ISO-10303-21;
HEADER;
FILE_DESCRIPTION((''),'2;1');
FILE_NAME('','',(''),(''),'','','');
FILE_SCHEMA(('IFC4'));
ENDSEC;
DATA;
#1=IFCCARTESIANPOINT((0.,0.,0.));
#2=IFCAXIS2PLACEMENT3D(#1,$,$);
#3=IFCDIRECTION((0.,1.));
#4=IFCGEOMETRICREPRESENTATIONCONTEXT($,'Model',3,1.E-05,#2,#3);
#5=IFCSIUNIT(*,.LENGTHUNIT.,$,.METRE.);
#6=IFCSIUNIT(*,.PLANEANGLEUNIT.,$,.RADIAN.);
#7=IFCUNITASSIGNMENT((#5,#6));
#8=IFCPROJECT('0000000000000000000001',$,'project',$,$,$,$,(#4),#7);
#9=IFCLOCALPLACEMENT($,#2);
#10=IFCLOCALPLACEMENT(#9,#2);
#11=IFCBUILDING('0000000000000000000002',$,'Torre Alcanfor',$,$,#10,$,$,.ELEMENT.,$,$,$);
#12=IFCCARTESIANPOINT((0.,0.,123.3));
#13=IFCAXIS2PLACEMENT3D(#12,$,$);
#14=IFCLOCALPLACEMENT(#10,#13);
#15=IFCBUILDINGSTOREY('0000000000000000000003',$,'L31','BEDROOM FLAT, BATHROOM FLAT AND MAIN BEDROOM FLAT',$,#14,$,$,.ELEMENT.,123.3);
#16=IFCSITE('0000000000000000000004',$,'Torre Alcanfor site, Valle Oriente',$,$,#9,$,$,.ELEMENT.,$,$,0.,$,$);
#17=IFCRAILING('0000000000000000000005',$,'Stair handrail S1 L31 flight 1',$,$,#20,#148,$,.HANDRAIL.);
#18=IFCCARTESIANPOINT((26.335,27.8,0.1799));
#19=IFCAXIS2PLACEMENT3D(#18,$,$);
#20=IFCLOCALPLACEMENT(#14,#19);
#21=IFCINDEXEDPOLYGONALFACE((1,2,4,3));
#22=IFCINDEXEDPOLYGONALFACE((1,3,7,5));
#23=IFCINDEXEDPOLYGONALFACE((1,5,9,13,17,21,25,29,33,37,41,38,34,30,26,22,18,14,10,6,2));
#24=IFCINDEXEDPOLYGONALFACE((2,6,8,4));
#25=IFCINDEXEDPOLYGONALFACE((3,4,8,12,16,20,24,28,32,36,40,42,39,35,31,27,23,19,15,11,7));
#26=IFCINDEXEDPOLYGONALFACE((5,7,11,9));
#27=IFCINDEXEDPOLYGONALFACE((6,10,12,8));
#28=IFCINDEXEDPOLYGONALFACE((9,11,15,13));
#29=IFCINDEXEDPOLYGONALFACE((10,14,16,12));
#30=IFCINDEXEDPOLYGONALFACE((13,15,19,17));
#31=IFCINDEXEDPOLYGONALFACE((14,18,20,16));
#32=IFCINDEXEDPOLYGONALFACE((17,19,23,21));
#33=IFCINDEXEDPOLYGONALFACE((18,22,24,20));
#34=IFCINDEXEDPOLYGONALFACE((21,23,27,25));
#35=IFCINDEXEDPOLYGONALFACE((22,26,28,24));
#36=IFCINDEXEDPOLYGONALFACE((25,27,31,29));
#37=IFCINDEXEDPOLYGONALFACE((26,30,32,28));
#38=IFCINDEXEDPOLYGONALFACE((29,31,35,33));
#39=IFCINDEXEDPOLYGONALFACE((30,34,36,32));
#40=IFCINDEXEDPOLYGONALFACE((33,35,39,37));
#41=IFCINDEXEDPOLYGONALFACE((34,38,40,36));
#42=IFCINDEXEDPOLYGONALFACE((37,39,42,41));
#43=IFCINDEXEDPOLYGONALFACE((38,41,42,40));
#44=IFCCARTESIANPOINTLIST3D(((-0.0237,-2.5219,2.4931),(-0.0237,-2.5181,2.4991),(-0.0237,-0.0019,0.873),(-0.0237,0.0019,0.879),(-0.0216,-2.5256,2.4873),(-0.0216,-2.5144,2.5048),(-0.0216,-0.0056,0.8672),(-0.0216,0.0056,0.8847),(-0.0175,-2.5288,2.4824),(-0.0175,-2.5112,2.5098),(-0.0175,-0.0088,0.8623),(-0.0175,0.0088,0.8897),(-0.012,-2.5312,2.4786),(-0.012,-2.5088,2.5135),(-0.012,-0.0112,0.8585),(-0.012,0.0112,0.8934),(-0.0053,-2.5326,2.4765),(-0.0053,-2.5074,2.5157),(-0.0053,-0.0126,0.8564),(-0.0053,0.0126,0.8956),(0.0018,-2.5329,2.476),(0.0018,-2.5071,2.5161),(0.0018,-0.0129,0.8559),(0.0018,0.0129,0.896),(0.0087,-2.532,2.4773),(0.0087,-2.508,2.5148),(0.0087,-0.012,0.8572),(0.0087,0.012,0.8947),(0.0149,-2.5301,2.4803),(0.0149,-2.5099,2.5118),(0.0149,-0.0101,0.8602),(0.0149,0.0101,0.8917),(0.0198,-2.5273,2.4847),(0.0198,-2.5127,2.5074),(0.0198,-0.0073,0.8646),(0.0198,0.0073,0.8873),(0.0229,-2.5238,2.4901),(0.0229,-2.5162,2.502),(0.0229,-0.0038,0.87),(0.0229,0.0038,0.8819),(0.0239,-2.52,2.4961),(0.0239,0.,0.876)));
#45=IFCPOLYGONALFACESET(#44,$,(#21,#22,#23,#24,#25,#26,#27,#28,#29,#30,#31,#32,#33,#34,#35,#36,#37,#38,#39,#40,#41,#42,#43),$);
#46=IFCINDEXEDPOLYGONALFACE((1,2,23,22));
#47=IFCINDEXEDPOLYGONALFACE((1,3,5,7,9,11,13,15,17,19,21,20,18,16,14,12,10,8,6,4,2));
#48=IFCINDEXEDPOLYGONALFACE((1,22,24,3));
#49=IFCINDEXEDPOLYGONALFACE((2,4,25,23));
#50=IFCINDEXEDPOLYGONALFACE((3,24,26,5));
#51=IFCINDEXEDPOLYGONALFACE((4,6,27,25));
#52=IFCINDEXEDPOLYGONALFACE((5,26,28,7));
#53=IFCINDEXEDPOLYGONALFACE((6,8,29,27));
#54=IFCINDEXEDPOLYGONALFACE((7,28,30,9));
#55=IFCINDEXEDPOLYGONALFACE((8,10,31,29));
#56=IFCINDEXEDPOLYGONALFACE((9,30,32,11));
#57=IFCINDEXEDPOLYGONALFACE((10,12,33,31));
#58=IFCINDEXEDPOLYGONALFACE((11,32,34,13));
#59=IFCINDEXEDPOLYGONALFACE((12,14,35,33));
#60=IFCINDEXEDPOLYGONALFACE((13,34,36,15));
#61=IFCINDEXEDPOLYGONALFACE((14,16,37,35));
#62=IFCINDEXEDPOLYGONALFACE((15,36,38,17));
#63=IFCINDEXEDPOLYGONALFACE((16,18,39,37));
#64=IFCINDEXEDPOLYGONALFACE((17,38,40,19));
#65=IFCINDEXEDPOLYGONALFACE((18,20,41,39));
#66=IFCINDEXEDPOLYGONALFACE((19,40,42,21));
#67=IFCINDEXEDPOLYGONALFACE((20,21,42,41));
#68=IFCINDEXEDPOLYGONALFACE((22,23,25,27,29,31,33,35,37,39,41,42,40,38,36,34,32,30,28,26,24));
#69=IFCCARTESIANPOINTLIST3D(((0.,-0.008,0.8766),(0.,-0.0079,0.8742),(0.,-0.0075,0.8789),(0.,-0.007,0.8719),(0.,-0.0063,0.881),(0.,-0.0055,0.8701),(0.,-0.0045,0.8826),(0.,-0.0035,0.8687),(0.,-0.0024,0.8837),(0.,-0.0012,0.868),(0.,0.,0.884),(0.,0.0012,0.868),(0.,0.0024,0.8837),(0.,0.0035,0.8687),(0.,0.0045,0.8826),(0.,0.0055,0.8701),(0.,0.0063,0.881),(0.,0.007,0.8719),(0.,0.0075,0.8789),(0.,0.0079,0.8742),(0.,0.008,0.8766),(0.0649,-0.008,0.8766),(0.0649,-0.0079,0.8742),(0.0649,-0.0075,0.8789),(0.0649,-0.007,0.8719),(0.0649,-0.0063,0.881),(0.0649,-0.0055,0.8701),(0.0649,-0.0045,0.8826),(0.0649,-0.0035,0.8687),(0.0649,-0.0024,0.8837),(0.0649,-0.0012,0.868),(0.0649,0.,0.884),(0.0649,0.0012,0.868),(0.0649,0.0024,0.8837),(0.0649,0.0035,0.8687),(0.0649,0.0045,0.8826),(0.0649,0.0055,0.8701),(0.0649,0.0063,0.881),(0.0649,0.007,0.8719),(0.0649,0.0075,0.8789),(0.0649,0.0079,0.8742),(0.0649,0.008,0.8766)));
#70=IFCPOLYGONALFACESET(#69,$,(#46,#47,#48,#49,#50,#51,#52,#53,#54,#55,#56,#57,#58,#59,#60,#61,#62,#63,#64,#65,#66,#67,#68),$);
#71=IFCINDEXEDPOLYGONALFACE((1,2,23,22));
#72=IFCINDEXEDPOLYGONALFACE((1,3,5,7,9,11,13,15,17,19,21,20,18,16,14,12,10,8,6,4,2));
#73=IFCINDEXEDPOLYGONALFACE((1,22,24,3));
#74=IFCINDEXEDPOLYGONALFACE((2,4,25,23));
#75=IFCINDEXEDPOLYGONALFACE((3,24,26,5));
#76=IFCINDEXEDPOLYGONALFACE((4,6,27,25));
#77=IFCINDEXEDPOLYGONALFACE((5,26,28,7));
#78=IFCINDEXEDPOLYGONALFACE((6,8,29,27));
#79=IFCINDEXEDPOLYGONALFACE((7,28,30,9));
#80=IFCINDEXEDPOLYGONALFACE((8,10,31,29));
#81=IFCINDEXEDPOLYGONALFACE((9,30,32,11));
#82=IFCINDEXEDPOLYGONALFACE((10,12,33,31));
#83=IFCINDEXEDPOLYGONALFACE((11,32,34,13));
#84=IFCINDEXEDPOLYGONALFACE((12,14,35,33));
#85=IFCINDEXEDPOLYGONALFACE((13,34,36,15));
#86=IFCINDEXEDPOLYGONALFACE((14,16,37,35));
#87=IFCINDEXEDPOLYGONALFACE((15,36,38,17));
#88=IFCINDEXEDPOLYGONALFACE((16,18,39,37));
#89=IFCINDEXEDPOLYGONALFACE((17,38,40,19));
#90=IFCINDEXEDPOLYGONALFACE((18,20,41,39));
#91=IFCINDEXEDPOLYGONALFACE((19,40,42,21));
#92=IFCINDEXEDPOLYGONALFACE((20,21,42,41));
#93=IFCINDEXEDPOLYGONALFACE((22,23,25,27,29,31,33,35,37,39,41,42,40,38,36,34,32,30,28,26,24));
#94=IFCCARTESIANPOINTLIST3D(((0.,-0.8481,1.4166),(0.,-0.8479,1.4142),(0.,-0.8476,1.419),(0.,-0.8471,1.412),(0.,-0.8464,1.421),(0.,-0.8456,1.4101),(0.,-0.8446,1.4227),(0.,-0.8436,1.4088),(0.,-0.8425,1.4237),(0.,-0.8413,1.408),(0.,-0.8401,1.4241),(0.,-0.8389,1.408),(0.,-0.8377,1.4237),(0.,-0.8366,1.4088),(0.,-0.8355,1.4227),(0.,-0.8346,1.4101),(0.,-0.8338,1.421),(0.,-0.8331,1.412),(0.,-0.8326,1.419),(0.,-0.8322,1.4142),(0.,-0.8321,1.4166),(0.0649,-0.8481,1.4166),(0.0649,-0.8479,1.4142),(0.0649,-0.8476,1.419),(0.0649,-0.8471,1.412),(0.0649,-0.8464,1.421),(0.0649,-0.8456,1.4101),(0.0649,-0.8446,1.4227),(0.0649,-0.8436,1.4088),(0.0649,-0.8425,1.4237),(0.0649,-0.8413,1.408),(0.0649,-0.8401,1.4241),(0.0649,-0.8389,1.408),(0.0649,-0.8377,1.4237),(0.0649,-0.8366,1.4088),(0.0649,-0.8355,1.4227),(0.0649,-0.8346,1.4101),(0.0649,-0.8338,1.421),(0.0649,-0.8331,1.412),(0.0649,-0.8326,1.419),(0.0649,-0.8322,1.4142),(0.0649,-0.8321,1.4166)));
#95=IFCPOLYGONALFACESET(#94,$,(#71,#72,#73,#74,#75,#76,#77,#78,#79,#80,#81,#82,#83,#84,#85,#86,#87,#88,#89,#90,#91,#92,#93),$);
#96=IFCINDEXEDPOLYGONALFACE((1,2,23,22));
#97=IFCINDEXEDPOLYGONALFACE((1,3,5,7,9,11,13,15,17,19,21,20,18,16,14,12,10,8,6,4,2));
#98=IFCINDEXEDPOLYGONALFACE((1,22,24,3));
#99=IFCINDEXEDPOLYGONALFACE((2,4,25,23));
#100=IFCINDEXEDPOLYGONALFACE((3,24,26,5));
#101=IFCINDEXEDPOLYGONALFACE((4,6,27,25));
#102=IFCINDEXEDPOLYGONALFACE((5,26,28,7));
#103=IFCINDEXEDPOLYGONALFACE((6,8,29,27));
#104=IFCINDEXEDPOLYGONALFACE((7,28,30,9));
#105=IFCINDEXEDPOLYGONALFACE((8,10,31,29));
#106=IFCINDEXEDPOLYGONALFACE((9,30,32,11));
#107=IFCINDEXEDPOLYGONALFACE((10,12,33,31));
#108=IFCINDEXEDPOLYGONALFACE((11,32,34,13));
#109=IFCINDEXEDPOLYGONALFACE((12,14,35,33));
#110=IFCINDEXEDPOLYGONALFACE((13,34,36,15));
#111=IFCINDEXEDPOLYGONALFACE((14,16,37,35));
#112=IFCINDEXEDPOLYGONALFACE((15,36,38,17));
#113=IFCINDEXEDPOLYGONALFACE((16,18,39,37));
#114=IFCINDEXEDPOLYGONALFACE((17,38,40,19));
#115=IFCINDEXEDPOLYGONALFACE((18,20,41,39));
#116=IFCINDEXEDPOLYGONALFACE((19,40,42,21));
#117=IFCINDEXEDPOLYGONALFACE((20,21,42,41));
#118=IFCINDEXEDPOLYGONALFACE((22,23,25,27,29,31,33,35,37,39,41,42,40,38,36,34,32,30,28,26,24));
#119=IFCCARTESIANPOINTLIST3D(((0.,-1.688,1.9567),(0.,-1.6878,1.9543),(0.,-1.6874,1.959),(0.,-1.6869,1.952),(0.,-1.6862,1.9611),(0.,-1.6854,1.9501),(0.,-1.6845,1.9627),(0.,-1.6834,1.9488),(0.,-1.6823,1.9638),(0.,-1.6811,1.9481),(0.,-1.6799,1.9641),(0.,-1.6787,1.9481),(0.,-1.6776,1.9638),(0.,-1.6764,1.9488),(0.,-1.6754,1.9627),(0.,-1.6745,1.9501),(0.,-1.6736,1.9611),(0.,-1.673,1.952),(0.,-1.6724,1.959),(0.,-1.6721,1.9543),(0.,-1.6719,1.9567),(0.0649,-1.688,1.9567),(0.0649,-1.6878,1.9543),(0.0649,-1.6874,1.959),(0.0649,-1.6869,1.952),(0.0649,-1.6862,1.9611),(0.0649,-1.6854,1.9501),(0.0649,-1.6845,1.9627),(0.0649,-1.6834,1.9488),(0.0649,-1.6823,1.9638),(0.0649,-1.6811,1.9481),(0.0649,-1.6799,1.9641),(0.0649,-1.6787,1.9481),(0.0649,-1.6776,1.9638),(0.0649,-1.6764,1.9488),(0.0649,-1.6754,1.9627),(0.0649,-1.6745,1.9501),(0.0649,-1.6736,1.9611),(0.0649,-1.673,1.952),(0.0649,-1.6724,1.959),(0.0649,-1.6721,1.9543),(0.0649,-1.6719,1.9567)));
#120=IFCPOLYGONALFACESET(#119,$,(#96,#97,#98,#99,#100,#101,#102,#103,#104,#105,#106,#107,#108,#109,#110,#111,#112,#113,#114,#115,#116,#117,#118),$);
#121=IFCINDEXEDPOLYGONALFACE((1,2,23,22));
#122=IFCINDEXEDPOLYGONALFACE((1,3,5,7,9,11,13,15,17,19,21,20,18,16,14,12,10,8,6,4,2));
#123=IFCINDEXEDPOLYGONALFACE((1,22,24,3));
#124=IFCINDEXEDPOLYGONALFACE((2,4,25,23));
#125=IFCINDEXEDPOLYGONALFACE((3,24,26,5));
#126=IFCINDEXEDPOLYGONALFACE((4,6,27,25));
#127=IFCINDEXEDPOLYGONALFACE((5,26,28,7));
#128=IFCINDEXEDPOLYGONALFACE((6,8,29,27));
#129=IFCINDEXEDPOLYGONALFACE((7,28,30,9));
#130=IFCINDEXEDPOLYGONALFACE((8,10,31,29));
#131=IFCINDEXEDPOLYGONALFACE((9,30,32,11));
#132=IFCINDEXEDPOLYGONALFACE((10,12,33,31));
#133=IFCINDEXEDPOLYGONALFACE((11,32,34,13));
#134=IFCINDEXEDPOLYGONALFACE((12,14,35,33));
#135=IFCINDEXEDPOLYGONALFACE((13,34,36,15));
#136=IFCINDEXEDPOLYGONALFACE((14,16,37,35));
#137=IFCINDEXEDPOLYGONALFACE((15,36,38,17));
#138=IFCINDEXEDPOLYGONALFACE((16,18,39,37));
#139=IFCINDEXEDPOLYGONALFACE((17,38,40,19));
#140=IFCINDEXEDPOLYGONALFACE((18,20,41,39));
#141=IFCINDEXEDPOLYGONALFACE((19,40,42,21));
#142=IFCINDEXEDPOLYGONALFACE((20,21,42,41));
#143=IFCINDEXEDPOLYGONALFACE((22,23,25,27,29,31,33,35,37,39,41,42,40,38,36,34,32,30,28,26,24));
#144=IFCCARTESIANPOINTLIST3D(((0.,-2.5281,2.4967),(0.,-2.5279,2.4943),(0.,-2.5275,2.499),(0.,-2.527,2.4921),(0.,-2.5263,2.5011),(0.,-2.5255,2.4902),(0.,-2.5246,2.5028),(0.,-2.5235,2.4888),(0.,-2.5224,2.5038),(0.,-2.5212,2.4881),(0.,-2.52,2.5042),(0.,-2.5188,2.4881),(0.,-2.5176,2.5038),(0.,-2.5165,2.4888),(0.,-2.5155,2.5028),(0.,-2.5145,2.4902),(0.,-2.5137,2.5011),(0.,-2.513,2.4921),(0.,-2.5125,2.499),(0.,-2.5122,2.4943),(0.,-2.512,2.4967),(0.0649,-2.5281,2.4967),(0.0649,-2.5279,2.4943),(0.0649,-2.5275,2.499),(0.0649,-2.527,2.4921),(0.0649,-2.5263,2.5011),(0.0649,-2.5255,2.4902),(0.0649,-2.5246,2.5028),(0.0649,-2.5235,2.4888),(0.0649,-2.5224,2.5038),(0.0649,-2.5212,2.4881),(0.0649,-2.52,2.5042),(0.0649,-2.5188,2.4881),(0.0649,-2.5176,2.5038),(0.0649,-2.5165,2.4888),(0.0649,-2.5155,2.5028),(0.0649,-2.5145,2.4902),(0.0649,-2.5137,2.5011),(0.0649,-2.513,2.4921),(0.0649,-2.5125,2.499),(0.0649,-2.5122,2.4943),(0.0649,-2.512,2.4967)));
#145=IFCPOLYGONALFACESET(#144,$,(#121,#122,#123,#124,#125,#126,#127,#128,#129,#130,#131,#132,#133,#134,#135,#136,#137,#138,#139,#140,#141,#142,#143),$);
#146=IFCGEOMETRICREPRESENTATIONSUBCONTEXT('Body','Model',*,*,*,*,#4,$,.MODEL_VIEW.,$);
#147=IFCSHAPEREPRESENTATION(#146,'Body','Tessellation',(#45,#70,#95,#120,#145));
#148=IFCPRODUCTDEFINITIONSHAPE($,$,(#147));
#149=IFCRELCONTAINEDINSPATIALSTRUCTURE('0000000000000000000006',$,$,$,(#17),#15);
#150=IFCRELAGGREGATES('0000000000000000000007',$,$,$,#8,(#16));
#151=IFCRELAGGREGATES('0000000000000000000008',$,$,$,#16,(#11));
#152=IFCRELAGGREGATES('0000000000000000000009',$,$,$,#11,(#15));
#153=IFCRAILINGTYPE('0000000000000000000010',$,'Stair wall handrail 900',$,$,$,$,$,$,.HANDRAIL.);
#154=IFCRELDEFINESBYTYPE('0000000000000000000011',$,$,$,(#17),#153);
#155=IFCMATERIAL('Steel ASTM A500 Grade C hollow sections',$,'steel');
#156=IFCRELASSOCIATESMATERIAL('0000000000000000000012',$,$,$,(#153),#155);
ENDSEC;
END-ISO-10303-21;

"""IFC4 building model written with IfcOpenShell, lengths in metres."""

from ifc_helpers import new_model, si_unit, direction, frame, origin, origin_2d, place, context, subcontext, project, spatial, circle, extrude, material, type_object, element, save


model = new_model("IFC4")

# Units and contexts
model_context = context("Model", 3, precision=1e-05, world=origin(), true_north=direction((0.0, 1.0)))
body_context = subcontext(model_context, "Body", "Model", "MODEL_VIEW")
ifc_project = project(units=[si_unit("LENGTHUNIT", "METRE"), si_unit("PLANEANGLEUNIT", "RADIAN")], contexts=[model_context])

# Site, building, storey
site_placement = place(None, origin())
site = spatial("IfcSite", under=ifc_project, at=site_placement, Name="Torre Alcanfor site, Valle Oriente", CompositionType="ELEMENT", RefElevation=0.0)
building_placement = place(site_placement, origin())
building = spatial("IfcBuilding", under=site, at=building_placement, Name="Torre Alcanfor", CompositionType="ELEMENT")
storey_placement = place(building_placement, frame((0.0, 0.0, 123.3)))
storey = spatial("IfcBuildingStorey", under=building, at=storey_placement, Name="L31", Description="BEDROOM FLAT, BATHROOM FLAT AND MAIN BEDROOM FLAT", CompositionType="ELEMENT", Elevation=123.3)

# Railing
ifc_material_1 = material(Name="Steel ASTM A500 Grade C hollow sections", Category="steel")
railing_type_1 = type_object("IfcRailingType", Name="Stair wall handrail 900", PredefinedType="HANDRAIL", material=ifc_material_1)
railing_1_placement = place(storey_placement, frame((26.335, 27.8, 0.1799)))
element("IfcRailing", 1, at=railing_1_placement, inside=storey, type_object=railing_type_1, Name="Stair handrail S1 L31 flight 1", PredefinedType="HANDRAIL", context=body_context, shape_type="SweptSolid", body=[
    extrude(circle(Radius=0.0239, at=origin_2d()), frame((0.0, 0.0, 0.876), z_axis=(0.0, -0.841163, 0.540782), x_axis=(1.0, 0.0, 0.0)), (0.0, 0.0, 1.0), 2.9958),
    extrude(circle(Radius=0.0081, at=origin_2d()), frame((0.0, 0.0, 0.876), z_axis=(1.0, 0.0, 0.0), x_axis=(0.0, 0.0, 1.0)), (0.0, 0.0, 1.0), 0.0649),
    extrude(circle(Radius=0.0081, at=origin_2d()), frame((0.0, -0.8401, 1.416), z_axis=(1.0, 0.0, 0.0), x_axis=(0.0, 0.0, 1.0)), (0.0, 0.0, 1.0), 0.0649),
    extrude(circle(Radius=0.0081, at=origin_2d()), frame((0.0, -1.6799, 1.9561), z_axis=(1.0, 0.0, 0.0), x_axis=(0.0, 0.0, 1.0)), (0.0, 0.0, 1.0), 0.0649),
    extrude(circle(Radius=0.0081, at=origin_2d()), frame((0.0, -2.52, 2.4961), z_axis=(1.0, 0.0, 0.0), x_axis=(0.0, 0.0, 1.0)), (0.0, 0.0, 1.0), 0.0649),
])

save(model, "model.ifc")
